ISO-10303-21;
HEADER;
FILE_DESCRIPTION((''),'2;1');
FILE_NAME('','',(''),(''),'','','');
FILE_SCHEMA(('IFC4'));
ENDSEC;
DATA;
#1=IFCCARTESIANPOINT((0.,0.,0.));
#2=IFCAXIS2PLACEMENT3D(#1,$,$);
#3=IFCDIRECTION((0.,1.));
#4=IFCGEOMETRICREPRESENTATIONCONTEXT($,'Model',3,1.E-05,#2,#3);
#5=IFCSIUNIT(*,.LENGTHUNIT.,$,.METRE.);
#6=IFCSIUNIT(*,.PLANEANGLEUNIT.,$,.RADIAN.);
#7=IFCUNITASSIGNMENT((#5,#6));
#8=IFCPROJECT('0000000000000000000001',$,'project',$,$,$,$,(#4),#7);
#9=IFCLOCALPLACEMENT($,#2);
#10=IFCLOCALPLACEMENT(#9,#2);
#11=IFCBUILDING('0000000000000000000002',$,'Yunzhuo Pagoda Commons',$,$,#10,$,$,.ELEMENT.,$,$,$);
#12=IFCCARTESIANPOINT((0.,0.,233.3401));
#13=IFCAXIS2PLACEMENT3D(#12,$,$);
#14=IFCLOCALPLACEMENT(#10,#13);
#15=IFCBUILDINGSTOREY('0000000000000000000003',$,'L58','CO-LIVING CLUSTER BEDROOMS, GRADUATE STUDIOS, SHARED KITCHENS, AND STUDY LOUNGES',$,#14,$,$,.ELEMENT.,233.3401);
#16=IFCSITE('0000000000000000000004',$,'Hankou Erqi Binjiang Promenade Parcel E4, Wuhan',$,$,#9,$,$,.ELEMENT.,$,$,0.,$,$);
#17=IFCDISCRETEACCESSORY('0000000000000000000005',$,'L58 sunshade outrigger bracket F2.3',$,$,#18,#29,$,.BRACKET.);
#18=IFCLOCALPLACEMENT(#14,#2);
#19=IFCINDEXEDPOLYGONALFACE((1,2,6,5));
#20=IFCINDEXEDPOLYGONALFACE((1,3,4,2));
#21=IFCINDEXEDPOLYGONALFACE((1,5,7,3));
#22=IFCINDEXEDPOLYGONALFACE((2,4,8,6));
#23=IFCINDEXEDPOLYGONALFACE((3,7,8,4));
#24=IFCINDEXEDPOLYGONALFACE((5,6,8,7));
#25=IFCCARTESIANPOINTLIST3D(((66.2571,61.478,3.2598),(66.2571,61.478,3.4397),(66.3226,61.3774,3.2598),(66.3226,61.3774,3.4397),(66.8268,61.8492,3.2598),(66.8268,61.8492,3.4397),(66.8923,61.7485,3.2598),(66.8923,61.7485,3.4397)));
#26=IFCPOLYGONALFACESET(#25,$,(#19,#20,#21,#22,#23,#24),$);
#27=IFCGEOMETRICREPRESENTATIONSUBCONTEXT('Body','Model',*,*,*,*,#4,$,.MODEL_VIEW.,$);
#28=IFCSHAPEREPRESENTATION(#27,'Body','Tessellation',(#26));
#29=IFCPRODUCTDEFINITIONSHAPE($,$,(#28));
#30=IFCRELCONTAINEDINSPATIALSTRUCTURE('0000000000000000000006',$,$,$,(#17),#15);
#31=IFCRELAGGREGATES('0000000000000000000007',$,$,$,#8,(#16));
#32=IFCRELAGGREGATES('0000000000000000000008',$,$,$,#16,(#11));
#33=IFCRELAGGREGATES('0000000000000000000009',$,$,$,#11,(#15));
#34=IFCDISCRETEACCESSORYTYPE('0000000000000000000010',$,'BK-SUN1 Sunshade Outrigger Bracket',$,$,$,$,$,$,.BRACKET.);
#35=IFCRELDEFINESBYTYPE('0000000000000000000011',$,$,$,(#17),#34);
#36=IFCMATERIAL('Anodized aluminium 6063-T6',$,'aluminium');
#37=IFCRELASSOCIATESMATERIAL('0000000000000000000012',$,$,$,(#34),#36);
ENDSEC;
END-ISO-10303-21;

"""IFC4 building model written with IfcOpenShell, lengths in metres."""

from ifc_helpers import new_model, si_unit, direction, frame, origin, origin_2d, place, context, subcontext, project, spatial, rectangle, extrude, source, transform, mapped, material, type_object, element, save


model = new_model("IFC4")

# Units and contexts
model_context = context("Model", 3, precision=1e-05, world=origin(), true_north=direction((0.0, 1.0)))
body_context = subcontext(model_context, "Body", "Model", "MODEL_VIEW")
ifc_project = project(units=[si_unit("LENGTHUNIT", "METRE"), si_unit("PLANEANGLEUNIT", "RADIAN")], contexts=[model_context])

# Site, building, storey
site_placement = place(None, origin())
site = spatial("IfcSite", under=ifc_project, at=site_placement, Name="Hankou Erqi Binjiang Promenade Parcel E4, Wuhan", CompositionType="ELEMENT", RefElevation=0.0)
building_placement = place(site_placement, origin())
building = spatial("IfcBuilding", under=site, at=building_placement, Name="Yunzhuo Pagoda Commons", CompositionType="ELEMENT")
storey_placement = place(building_placement, frame((0.0, 0.0, 233.3401)))
storey = spatial("IfcBuildingStorey", under=building, at=storey_placement, Name="L58", Description="CO-LIVING CLUSTER BEDROOMS, GRADUATE STUDIOS, SHARED KITCHENS, AND STUDY LOUNGES", CompositionType="ELEMENT", Elevation=233.3401)

# Shared definitions
ifc_material_1 = material(Name="Anodized aluminium 6063-T6", Category="aluminium")

# Discrete accessory
discrete_accessory_type = type_object("IfcDiscreteAccessoryType", Name="BK-SUN1 Sunshade Outrigger Bracket", PredefinedType="BRACKET", material=ifc_material_1)
shared_shape_1 = source(origin(), body_context, "Body", "SweptSolid", [
    extrude(rectangle(XDim=0.1201, YDim=0.6799, at=origin_2d()), origin(), (0.0, 0.0, 1.0), 0.1799),
])
discrete_accessory_placement = place(storey_placement, frame((66.5747, 61.6133, 3.2598), z_axis=(0.0, 0.0, 1.0), x_axis=(-0.545839, 0.83789, 0.0)))
element("IfcDiscreteAccessory", 1, at=discrete_accessory_placement, inside=storey, type_object=discrete_accessory_type, Name="L58 sunshade outrigger bracket F2.3", PredefinedType="BRACKET", context=body_context, shape_type="MappedRepresentation", body=[
    mapped(shared_shape_1, transform((0.0, 0.0, 0.0), scale=1.0)),
])

save(model, "model.ifc")
